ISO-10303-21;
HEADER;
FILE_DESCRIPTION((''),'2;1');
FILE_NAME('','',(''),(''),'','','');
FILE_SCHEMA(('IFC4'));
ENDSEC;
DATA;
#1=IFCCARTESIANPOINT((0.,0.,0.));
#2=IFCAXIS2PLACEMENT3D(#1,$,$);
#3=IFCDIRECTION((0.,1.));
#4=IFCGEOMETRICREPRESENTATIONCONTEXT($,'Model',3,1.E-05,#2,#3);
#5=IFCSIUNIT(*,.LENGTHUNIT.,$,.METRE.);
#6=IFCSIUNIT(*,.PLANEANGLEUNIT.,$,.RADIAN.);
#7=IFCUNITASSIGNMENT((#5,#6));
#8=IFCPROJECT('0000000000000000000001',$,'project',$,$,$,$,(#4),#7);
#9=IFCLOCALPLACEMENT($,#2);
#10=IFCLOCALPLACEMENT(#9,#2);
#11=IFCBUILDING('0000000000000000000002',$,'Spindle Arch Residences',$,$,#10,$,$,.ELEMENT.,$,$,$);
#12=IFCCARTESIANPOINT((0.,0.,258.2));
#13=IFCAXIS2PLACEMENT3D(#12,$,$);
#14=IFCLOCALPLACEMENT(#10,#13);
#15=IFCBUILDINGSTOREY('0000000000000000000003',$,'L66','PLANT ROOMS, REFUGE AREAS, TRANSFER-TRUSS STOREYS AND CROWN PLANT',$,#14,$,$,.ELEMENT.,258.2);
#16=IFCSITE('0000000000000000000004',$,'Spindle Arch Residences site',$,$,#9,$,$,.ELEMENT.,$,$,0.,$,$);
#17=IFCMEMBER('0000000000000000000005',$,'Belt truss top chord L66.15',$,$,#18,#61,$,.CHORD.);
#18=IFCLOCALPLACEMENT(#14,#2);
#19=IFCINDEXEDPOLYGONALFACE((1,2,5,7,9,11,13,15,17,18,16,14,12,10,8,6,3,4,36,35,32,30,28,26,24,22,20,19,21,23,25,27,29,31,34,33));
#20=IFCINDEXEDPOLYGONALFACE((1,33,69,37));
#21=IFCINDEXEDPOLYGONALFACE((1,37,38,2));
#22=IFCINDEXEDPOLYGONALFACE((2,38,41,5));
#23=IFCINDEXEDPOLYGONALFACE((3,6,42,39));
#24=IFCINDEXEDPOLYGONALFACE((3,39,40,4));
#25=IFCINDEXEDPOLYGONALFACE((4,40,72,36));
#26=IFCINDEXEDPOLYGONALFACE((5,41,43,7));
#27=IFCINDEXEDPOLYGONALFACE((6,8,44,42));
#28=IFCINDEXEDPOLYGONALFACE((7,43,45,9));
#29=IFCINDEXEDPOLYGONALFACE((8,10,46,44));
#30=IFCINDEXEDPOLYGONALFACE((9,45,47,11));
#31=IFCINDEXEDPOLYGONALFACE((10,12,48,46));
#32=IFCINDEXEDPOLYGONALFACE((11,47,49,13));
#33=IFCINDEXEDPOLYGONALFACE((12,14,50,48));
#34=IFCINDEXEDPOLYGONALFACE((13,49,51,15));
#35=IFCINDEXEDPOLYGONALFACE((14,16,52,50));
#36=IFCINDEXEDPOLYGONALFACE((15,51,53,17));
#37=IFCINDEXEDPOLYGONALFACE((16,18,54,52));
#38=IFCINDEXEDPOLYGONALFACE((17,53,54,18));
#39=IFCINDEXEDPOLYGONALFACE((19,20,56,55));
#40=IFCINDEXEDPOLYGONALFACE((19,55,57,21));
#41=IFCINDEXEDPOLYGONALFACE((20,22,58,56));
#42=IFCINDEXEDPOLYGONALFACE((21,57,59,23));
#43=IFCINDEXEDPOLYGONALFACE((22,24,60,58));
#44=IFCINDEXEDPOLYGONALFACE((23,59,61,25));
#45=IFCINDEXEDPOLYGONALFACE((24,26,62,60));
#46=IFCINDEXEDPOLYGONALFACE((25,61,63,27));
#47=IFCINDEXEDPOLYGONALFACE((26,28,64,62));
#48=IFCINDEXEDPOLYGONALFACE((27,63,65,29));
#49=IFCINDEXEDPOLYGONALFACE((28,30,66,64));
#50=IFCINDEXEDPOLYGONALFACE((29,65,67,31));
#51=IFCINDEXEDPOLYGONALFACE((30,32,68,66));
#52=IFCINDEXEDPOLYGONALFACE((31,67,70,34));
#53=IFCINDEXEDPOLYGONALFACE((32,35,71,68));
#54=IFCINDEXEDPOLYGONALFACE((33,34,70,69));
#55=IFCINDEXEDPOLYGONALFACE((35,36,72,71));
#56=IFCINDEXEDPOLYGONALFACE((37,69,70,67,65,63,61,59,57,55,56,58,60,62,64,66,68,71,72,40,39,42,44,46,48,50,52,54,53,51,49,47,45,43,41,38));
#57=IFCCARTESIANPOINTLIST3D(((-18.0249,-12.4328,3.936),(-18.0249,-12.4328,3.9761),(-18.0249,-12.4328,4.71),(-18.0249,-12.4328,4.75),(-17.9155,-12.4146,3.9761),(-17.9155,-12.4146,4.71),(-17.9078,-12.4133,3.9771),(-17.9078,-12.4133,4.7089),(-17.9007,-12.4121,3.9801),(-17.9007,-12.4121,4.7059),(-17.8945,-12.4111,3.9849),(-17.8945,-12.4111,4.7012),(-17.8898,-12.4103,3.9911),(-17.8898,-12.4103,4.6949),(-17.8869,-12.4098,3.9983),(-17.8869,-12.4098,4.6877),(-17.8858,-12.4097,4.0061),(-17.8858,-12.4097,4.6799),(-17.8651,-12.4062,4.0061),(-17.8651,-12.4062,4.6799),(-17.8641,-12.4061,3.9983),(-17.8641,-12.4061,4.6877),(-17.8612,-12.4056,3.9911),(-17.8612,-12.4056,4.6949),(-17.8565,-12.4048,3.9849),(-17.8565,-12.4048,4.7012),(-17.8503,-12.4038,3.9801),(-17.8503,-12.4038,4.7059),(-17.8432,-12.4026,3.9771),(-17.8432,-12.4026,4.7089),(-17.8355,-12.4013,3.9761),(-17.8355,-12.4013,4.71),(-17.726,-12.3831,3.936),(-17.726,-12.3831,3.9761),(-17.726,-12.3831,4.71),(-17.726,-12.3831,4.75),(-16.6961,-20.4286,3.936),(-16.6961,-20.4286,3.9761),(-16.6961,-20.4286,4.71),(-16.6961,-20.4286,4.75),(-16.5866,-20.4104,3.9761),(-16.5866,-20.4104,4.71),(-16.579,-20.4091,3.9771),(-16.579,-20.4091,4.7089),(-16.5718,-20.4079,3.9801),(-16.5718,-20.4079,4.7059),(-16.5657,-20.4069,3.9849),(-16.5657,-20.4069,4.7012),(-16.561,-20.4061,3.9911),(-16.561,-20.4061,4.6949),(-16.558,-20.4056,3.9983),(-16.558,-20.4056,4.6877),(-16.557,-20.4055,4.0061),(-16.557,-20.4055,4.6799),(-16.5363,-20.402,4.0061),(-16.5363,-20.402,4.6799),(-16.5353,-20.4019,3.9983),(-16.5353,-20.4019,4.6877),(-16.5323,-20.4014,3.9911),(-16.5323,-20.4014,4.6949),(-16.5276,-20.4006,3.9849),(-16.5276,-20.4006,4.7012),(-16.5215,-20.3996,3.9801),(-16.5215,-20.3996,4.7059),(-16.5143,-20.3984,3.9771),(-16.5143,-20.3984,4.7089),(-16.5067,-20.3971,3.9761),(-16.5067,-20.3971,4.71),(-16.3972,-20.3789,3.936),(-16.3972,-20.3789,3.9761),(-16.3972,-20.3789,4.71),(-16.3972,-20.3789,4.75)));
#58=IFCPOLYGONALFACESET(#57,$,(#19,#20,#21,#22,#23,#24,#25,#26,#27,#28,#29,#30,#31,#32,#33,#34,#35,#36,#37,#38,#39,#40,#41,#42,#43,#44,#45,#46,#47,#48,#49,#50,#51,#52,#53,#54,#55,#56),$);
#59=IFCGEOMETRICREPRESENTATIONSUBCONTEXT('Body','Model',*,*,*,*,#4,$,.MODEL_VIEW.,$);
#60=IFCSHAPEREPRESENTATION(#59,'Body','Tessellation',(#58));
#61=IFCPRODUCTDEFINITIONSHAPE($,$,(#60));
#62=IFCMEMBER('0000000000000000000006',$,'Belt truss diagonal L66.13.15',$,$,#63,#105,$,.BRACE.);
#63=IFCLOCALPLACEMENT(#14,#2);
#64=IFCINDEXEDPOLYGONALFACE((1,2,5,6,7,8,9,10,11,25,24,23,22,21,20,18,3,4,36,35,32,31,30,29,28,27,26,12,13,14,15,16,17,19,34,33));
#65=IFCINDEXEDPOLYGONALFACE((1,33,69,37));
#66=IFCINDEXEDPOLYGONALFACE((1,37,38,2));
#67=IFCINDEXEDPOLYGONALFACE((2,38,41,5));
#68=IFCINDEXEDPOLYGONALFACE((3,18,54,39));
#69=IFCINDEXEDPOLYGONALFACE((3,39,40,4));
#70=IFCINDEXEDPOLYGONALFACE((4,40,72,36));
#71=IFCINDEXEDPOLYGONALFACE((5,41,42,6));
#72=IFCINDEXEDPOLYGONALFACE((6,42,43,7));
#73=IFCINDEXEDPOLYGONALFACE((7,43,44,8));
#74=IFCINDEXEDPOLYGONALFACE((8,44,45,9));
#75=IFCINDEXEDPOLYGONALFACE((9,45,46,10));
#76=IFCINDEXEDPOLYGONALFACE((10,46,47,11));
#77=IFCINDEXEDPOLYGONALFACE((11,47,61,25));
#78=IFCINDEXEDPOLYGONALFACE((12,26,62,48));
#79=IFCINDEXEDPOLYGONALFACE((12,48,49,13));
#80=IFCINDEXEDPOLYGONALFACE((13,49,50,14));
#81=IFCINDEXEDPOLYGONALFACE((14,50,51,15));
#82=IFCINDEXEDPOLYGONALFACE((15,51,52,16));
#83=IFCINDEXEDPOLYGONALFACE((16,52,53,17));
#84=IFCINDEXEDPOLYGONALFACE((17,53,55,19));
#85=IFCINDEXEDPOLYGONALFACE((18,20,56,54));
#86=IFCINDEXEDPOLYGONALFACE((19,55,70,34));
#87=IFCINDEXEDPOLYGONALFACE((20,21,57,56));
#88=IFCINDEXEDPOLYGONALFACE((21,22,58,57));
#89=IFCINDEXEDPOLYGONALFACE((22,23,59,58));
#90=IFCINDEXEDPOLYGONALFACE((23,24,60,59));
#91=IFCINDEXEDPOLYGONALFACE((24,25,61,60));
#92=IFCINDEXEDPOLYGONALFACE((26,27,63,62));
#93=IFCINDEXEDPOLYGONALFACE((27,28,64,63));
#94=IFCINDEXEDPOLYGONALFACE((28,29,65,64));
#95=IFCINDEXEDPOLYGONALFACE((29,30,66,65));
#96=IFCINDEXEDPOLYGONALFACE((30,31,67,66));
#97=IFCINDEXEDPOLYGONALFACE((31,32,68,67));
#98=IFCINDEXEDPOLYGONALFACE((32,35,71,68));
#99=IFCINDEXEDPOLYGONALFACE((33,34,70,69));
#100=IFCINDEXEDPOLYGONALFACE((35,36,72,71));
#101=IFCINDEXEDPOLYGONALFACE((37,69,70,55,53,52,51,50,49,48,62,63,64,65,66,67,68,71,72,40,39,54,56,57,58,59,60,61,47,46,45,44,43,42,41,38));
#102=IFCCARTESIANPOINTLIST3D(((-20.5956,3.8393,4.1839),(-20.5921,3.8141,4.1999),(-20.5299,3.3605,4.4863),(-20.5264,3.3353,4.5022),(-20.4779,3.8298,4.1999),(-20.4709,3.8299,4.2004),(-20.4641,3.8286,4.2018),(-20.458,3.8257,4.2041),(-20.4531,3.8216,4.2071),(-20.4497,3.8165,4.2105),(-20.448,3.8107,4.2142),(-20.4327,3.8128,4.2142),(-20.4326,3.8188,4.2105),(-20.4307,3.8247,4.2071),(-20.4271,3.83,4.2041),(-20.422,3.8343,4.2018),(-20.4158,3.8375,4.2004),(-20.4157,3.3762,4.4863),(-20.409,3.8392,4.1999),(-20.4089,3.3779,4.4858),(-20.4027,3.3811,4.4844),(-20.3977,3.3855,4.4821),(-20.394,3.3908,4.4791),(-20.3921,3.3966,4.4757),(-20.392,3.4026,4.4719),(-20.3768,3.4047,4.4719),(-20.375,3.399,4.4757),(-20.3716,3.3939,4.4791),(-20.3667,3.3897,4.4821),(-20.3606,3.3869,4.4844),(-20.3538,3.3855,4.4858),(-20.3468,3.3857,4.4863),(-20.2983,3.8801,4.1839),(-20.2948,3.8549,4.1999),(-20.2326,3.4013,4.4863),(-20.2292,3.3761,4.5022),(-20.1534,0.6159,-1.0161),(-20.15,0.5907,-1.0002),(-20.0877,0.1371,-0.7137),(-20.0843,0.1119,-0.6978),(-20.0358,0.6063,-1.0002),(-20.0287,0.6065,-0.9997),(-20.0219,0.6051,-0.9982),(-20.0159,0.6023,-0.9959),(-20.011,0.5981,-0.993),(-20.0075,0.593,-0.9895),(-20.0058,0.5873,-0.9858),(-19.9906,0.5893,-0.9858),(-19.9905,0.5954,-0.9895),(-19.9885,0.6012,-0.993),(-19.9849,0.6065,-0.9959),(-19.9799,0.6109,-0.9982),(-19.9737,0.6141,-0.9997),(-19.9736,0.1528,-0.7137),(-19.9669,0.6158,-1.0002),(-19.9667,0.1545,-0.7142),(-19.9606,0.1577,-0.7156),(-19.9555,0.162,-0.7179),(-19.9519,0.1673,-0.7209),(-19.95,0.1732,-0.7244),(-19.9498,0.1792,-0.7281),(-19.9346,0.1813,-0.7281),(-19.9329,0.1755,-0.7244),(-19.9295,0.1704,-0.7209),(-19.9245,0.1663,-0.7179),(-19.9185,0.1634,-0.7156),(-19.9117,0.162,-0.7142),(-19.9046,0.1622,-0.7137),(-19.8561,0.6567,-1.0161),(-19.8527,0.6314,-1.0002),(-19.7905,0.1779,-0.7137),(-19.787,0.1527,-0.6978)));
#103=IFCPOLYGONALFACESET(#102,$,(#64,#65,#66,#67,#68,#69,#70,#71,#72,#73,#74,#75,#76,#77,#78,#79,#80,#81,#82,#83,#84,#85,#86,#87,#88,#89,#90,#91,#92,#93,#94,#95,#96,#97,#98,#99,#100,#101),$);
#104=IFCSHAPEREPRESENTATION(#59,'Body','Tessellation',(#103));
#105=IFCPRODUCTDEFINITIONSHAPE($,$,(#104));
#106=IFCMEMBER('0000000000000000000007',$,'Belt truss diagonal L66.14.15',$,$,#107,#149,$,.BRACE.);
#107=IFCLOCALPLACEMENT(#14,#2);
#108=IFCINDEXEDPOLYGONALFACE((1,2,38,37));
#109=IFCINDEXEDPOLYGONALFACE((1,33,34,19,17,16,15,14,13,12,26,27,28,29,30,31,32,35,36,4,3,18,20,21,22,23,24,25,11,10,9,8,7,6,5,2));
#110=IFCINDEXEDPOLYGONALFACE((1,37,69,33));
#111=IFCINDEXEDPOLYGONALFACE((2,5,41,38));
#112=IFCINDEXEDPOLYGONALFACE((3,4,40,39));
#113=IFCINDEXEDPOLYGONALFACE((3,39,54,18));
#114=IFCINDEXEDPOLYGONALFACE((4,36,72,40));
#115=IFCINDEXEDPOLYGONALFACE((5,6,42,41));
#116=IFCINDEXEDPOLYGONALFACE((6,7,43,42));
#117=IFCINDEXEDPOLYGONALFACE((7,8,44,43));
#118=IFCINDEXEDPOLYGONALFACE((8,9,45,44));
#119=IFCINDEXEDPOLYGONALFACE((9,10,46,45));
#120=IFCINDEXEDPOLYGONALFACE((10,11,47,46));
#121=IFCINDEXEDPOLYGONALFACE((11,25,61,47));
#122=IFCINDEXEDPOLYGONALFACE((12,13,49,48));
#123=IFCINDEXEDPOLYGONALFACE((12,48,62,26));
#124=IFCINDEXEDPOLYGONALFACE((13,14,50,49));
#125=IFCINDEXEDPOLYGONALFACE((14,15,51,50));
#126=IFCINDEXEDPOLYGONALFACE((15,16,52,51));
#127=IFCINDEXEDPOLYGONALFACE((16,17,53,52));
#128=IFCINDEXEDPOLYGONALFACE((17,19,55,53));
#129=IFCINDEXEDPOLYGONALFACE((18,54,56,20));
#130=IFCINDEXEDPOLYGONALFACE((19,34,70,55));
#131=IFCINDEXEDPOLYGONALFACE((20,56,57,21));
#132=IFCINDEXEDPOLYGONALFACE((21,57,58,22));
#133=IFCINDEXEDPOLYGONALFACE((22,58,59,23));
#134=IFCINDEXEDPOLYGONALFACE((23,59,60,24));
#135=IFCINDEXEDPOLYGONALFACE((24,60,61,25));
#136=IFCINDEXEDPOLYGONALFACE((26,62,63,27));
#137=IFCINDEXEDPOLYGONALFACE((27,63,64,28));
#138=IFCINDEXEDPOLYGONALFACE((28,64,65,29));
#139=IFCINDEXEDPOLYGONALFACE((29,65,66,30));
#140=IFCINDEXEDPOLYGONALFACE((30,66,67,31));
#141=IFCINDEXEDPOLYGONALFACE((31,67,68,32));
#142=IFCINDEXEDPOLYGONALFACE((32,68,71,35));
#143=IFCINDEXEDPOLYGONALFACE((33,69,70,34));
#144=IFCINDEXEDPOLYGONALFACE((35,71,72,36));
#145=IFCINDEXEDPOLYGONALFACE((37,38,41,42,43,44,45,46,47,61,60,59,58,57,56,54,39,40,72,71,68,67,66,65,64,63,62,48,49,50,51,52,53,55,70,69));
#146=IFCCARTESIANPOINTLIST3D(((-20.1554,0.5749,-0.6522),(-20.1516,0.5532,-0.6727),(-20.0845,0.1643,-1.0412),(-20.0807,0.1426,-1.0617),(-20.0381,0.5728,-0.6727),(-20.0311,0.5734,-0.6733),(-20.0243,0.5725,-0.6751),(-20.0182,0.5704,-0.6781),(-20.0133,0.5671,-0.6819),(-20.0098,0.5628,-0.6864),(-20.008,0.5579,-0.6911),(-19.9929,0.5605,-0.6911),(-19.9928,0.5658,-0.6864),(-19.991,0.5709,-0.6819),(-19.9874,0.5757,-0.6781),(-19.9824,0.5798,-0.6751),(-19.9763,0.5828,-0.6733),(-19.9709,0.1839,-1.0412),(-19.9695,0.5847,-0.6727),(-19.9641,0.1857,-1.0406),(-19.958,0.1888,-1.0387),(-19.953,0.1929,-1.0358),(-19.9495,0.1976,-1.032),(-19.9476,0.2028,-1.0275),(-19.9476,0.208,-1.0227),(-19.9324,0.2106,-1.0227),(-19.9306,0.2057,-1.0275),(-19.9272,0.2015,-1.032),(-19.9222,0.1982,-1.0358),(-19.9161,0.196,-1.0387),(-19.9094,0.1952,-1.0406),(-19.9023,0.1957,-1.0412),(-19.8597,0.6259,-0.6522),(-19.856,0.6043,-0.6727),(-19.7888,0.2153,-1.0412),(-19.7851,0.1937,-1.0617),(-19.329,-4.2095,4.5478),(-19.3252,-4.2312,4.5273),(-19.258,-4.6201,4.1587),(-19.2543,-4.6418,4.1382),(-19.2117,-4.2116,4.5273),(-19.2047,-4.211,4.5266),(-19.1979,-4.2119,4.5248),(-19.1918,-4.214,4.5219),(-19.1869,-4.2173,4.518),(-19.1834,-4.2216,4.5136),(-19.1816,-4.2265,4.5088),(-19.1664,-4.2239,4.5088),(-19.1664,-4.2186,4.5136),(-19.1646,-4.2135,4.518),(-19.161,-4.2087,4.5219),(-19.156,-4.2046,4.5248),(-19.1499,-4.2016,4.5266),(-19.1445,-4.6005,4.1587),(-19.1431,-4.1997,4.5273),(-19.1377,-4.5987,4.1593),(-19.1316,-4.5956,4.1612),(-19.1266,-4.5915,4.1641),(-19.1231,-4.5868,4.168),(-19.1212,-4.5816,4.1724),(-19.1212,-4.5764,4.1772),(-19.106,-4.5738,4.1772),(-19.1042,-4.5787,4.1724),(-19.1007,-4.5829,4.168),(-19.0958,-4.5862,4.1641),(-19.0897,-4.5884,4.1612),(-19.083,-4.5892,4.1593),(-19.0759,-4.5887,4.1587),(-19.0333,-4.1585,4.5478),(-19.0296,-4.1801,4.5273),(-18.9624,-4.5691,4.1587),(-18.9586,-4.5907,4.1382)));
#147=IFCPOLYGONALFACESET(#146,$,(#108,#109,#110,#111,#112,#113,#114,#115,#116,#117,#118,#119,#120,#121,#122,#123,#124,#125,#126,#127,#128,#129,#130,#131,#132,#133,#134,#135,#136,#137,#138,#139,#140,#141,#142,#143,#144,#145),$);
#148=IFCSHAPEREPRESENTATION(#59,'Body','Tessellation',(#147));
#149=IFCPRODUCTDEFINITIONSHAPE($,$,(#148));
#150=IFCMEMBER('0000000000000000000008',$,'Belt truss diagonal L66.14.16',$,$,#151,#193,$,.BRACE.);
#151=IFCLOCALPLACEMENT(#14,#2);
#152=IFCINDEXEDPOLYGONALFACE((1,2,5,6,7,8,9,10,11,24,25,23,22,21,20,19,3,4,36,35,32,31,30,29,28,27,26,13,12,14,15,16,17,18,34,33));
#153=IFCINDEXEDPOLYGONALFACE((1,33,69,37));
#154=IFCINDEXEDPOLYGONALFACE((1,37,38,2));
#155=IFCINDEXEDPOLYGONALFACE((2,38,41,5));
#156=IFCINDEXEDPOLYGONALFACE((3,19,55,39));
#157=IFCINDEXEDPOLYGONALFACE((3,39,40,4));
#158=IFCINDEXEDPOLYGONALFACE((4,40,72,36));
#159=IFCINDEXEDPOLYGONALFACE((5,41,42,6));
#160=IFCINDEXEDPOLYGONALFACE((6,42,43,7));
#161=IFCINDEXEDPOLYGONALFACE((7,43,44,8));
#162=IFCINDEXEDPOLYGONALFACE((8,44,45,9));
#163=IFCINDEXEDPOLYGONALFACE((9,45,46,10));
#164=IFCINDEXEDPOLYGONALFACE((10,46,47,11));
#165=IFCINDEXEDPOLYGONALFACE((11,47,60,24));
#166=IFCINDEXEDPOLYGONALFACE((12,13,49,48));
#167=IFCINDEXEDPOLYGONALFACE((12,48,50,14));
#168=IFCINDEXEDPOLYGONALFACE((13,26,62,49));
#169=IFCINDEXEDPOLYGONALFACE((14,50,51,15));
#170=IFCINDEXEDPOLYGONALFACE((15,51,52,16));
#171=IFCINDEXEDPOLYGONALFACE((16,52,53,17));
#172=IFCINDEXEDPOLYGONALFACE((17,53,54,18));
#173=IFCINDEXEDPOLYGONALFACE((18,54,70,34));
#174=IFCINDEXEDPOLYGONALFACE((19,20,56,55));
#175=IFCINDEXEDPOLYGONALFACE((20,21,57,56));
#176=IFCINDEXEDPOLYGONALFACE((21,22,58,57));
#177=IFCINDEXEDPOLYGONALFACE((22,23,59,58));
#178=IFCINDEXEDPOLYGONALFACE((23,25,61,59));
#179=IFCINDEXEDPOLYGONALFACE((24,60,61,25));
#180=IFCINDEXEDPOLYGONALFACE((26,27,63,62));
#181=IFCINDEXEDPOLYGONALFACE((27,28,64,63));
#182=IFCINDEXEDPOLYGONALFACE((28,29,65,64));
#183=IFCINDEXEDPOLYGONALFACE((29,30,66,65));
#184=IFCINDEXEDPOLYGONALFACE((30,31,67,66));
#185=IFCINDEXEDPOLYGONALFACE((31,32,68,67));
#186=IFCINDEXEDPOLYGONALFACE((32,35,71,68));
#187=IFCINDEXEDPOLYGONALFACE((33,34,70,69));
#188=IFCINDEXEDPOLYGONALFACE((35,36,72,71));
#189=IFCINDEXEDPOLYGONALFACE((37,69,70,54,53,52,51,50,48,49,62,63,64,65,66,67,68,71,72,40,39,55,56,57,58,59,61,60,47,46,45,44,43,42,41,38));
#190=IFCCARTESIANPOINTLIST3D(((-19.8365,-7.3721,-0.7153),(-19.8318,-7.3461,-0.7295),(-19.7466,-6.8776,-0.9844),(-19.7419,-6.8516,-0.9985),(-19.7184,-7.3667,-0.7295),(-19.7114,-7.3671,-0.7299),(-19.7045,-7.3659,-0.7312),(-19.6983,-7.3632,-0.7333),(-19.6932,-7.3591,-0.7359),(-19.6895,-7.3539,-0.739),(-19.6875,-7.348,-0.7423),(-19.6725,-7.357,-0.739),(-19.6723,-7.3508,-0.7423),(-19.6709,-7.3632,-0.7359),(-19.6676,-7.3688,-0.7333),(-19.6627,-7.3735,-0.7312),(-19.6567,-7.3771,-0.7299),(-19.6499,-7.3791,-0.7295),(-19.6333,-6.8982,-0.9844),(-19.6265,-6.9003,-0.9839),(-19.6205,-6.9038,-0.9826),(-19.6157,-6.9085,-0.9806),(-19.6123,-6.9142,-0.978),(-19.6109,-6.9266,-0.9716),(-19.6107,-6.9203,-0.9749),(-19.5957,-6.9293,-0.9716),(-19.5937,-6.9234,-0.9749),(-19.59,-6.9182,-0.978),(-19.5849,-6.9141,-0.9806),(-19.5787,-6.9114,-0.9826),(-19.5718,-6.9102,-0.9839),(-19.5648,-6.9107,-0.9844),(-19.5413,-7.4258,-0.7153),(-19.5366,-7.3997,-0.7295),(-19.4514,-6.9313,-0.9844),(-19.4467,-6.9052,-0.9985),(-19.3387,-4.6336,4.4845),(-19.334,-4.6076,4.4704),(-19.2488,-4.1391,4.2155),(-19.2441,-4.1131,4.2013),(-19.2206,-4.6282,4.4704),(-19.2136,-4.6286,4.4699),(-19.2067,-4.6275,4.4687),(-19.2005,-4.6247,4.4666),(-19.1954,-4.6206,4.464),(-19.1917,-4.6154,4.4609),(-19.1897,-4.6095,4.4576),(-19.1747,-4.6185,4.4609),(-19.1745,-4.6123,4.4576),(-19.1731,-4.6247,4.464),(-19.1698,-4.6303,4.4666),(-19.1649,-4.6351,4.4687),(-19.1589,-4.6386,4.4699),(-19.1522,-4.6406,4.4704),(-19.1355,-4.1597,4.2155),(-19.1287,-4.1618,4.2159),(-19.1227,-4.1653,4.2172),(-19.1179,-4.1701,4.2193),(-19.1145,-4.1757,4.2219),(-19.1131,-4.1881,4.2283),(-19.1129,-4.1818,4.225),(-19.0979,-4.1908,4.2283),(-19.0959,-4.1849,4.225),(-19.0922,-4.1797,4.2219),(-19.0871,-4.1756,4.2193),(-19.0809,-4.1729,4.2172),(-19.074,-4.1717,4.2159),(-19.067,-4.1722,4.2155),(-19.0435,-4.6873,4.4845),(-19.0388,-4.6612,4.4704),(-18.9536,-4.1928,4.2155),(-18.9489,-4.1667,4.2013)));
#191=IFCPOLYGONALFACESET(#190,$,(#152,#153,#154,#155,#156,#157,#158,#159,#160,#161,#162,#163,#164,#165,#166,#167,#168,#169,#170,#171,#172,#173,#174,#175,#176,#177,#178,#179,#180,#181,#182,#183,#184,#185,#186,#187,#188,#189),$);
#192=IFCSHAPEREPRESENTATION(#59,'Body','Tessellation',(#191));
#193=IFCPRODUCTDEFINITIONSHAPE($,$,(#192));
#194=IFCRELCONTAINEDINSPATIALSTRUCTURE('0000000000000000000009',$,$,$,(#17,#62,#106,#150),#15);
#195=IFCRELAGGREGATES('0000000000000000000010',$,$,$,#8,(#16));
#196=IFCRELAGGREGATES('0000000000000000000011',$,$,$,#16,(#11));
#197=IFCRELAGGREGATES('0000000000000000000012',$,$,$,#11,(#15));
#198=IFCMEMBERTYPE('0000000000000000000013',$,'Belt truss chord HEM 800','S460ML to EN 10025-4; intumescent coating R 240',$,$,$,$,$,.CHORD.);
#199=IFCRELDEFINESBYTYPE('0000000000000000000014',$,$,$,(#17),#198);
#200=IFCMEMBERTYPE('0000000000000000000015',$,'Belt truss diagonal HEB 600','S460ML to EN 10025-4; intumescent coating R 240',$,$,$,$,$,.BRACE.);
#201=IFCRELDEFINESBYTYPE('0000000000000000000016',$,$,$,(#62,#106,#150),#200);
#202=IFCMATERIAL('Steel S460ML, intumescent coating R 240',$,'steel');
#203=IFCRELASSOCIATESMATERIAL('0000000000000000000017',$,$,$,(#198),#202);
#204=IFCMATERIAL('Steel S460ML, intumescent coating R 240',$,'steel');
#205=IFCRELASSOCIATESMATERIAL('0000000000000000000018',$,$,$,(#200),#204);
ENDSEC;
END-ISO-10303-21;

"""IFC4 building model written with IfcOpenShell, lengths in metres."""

from ifc_helpers import new_model, si_unit, direction, frame, origin, origin_2d, place, context, subcontext, project, spatial, i_section, extrude, material, material_profile, profile_set, type_object, element, save


model = new_model("IFC4")

# Units and contexts
model_context = context("Model", 3, precision=1e-05, world=origin(), true_north=direction((0.0, 1.0)))
body_context = subcontext(model_context, "Body", "Model", "MODEL_VIEW")
ifc_project = project(units=[si_unit("LENGTHUNIT", "METRE"), si_unit("PLANEANGLEUNIT", "RADIAN")], contexts=[model_context])

# Site, building, storey
site_placement = place(None, origin())
site = spatial("IfcSite", under=ifc_project, at=site_placement, Name="Spindle Arch Residences site", CompositionType="ELEMENT", RefElevation=0.0)
building_placement = place(site_placement, origin())
building = spatial("IfcBuilding", under=site, at=building_placement, Name="Spindle Arch Residences", CompositionType="ELEMENT")
storey_placement = place(building_placement, frame((0.0, 0.0, 258.2)))
storey = spatial("IfcBuildingStorey", under=building, at=storey_placement, Name="L66", Description="PLANT ROOMS, REFUGE AREAS, TRANSFER-TRUSS STOREYS AND CROWN PLANT", CompositionType="ELEMENT", Elevation=258.2)

# Members
ifc_material_1 = material(Name="Steel S460ML, intumescent coating R 240", Category="steel")
ifc_material_profile_1 = material_profile(ifc_material_1, i_section(OverallWidth=0.303, OverallDepth=0.814, WebThickness=0.021, FlangeThickness=0.04, FilletRadius=0.03, at=origin_2d()), Name="HEM 800")
ifc_profile_set_1 = profile_set([ifc_material_profile_1], Name="Steel S460ML, intumescent coating R 240")
member_type_1 = type_object("IfcMemberType", Name="Belt truss chord HEM 800", Description="S460ML to EN 10025-4; intumescent coating R 240", PredefinedType="CHORD", material=ifc_profile_set_1)
member_1_placement = place(storey_placement, frame((-17.8755, -12.408, 4.343), z_axis=(0.163945, -0.98647, 0.0), x_axis=(0.98647, 0.163945, 0.0)))
element("IfcMember", 1, at=member_1_placement, inside=storey, type_object=member_type_1, Name="Belt truss top chord L66.15", PredefinedType="CHORD", context=body_context, shape_type="SweptSolid", body=[
    extrude(i_section(OverallWidth=0.303, OverallDepth=0.814, WebThickness=0.021, FlangeThickness=0.04, FilletRadius=0.03, at=origin_2d()), origin(), (0.0, 0.0, 1.0), 8.1055),
])
ifc_material_2 = material(Name="Steel S460ML, intumescent coating R 240", Category="steel")
ifc_material_profile_2 = material_profile(ifc_material_2, i_section(OverallWidth=0.3, OverallDepth=0.6001, WebThickness=0.0154, FlangeThickness=0.03, FilletRadius=0.0271, at=origin_2d()), Name="HEB 600")
ifc_profile_set_2 = profile_set([ifc_material_profile_2], Name="Steel S460ML, intumescent coating R 240")
member_type_2 = type_object("IfcMemberType", Name="Belt truss diagonal HEB 600", Description="S460ML to EN 10025-4; intumescent coating R 240", PredefinedType="BRACE", material=ifc_profile_set_2)
member_2_placement = place(storey_placement, frame((-19.9702, 0.3843, -0.8569), z_axis=(-0.072081, 0.525501, 0.847734), x_axis=(-0.990723, -0.135893, 0.0)))
element("IfcMember", 2, at=member_2_placement, inside=storey, type_object=member_type_2, Name="Belt truss diagonal L66.13.15", PredefinedType="BRACE", context=body_context, shape_type="SweptSolid", body=[
    extrude(i_section(OverallWidth=0.3, OverallDepth=0.6001, WebThickness=0.0154, FlangeThickness=0.03, FilletRadius=0.0271, at=origin_2d()), origin(), (0.0, 0.0, 1.0), 6.134),
])
member_3_placement = place(storey_placement, frame((-19.9702, 0.3843, -0.8569), z_axis=(0.116163, -0.672509, 0.730916), x_axis=(0.985408, 0.17021, 0.0)))
element("IfcMember", 3, at=member_3_placement, inside=storey, type_object=member_type_2, Name="Belt truss diagonal L66.14.15", PredefinedType="BRACE", context=body_context, shape_type="SweptSolid", body=[
    extrude(i_section(OverallWidth=0.3, OverallDepth=0.6001, WebThickness=0.0154, FlangeThickness=0.03, FilletRadius=0.0271, at=origin_2d()), origin(), (0.0, 0.0, 1.0), 7.1143),
])
member_4_placement = place(storey_placement, frame((-19.6416, -7.1387, -0.8569), z_axis=(0.084401, 0.464311, 0.881641), x_axis=(-0.983877, 0.178847, 0.0)))
element("IfcMember", 4, at=member_4_placement, inside=storey, type_object=member_type_2, Name="Belt truss diagonal L66.14.16", PredefinedType="BRACE", context=body_context, shape_type="SweptSolid", body=[
    extrude(i_section(OverallWidth=0.3, OverallDepth=0.6001, WebThickness=0.0154, FlangeThickness=0.03, FilletRadius=0.0271, at=origin_2d()), origin(), (0.0, 0.0, 1.0), 5.8979),
])

save(model, "model.ifc")
